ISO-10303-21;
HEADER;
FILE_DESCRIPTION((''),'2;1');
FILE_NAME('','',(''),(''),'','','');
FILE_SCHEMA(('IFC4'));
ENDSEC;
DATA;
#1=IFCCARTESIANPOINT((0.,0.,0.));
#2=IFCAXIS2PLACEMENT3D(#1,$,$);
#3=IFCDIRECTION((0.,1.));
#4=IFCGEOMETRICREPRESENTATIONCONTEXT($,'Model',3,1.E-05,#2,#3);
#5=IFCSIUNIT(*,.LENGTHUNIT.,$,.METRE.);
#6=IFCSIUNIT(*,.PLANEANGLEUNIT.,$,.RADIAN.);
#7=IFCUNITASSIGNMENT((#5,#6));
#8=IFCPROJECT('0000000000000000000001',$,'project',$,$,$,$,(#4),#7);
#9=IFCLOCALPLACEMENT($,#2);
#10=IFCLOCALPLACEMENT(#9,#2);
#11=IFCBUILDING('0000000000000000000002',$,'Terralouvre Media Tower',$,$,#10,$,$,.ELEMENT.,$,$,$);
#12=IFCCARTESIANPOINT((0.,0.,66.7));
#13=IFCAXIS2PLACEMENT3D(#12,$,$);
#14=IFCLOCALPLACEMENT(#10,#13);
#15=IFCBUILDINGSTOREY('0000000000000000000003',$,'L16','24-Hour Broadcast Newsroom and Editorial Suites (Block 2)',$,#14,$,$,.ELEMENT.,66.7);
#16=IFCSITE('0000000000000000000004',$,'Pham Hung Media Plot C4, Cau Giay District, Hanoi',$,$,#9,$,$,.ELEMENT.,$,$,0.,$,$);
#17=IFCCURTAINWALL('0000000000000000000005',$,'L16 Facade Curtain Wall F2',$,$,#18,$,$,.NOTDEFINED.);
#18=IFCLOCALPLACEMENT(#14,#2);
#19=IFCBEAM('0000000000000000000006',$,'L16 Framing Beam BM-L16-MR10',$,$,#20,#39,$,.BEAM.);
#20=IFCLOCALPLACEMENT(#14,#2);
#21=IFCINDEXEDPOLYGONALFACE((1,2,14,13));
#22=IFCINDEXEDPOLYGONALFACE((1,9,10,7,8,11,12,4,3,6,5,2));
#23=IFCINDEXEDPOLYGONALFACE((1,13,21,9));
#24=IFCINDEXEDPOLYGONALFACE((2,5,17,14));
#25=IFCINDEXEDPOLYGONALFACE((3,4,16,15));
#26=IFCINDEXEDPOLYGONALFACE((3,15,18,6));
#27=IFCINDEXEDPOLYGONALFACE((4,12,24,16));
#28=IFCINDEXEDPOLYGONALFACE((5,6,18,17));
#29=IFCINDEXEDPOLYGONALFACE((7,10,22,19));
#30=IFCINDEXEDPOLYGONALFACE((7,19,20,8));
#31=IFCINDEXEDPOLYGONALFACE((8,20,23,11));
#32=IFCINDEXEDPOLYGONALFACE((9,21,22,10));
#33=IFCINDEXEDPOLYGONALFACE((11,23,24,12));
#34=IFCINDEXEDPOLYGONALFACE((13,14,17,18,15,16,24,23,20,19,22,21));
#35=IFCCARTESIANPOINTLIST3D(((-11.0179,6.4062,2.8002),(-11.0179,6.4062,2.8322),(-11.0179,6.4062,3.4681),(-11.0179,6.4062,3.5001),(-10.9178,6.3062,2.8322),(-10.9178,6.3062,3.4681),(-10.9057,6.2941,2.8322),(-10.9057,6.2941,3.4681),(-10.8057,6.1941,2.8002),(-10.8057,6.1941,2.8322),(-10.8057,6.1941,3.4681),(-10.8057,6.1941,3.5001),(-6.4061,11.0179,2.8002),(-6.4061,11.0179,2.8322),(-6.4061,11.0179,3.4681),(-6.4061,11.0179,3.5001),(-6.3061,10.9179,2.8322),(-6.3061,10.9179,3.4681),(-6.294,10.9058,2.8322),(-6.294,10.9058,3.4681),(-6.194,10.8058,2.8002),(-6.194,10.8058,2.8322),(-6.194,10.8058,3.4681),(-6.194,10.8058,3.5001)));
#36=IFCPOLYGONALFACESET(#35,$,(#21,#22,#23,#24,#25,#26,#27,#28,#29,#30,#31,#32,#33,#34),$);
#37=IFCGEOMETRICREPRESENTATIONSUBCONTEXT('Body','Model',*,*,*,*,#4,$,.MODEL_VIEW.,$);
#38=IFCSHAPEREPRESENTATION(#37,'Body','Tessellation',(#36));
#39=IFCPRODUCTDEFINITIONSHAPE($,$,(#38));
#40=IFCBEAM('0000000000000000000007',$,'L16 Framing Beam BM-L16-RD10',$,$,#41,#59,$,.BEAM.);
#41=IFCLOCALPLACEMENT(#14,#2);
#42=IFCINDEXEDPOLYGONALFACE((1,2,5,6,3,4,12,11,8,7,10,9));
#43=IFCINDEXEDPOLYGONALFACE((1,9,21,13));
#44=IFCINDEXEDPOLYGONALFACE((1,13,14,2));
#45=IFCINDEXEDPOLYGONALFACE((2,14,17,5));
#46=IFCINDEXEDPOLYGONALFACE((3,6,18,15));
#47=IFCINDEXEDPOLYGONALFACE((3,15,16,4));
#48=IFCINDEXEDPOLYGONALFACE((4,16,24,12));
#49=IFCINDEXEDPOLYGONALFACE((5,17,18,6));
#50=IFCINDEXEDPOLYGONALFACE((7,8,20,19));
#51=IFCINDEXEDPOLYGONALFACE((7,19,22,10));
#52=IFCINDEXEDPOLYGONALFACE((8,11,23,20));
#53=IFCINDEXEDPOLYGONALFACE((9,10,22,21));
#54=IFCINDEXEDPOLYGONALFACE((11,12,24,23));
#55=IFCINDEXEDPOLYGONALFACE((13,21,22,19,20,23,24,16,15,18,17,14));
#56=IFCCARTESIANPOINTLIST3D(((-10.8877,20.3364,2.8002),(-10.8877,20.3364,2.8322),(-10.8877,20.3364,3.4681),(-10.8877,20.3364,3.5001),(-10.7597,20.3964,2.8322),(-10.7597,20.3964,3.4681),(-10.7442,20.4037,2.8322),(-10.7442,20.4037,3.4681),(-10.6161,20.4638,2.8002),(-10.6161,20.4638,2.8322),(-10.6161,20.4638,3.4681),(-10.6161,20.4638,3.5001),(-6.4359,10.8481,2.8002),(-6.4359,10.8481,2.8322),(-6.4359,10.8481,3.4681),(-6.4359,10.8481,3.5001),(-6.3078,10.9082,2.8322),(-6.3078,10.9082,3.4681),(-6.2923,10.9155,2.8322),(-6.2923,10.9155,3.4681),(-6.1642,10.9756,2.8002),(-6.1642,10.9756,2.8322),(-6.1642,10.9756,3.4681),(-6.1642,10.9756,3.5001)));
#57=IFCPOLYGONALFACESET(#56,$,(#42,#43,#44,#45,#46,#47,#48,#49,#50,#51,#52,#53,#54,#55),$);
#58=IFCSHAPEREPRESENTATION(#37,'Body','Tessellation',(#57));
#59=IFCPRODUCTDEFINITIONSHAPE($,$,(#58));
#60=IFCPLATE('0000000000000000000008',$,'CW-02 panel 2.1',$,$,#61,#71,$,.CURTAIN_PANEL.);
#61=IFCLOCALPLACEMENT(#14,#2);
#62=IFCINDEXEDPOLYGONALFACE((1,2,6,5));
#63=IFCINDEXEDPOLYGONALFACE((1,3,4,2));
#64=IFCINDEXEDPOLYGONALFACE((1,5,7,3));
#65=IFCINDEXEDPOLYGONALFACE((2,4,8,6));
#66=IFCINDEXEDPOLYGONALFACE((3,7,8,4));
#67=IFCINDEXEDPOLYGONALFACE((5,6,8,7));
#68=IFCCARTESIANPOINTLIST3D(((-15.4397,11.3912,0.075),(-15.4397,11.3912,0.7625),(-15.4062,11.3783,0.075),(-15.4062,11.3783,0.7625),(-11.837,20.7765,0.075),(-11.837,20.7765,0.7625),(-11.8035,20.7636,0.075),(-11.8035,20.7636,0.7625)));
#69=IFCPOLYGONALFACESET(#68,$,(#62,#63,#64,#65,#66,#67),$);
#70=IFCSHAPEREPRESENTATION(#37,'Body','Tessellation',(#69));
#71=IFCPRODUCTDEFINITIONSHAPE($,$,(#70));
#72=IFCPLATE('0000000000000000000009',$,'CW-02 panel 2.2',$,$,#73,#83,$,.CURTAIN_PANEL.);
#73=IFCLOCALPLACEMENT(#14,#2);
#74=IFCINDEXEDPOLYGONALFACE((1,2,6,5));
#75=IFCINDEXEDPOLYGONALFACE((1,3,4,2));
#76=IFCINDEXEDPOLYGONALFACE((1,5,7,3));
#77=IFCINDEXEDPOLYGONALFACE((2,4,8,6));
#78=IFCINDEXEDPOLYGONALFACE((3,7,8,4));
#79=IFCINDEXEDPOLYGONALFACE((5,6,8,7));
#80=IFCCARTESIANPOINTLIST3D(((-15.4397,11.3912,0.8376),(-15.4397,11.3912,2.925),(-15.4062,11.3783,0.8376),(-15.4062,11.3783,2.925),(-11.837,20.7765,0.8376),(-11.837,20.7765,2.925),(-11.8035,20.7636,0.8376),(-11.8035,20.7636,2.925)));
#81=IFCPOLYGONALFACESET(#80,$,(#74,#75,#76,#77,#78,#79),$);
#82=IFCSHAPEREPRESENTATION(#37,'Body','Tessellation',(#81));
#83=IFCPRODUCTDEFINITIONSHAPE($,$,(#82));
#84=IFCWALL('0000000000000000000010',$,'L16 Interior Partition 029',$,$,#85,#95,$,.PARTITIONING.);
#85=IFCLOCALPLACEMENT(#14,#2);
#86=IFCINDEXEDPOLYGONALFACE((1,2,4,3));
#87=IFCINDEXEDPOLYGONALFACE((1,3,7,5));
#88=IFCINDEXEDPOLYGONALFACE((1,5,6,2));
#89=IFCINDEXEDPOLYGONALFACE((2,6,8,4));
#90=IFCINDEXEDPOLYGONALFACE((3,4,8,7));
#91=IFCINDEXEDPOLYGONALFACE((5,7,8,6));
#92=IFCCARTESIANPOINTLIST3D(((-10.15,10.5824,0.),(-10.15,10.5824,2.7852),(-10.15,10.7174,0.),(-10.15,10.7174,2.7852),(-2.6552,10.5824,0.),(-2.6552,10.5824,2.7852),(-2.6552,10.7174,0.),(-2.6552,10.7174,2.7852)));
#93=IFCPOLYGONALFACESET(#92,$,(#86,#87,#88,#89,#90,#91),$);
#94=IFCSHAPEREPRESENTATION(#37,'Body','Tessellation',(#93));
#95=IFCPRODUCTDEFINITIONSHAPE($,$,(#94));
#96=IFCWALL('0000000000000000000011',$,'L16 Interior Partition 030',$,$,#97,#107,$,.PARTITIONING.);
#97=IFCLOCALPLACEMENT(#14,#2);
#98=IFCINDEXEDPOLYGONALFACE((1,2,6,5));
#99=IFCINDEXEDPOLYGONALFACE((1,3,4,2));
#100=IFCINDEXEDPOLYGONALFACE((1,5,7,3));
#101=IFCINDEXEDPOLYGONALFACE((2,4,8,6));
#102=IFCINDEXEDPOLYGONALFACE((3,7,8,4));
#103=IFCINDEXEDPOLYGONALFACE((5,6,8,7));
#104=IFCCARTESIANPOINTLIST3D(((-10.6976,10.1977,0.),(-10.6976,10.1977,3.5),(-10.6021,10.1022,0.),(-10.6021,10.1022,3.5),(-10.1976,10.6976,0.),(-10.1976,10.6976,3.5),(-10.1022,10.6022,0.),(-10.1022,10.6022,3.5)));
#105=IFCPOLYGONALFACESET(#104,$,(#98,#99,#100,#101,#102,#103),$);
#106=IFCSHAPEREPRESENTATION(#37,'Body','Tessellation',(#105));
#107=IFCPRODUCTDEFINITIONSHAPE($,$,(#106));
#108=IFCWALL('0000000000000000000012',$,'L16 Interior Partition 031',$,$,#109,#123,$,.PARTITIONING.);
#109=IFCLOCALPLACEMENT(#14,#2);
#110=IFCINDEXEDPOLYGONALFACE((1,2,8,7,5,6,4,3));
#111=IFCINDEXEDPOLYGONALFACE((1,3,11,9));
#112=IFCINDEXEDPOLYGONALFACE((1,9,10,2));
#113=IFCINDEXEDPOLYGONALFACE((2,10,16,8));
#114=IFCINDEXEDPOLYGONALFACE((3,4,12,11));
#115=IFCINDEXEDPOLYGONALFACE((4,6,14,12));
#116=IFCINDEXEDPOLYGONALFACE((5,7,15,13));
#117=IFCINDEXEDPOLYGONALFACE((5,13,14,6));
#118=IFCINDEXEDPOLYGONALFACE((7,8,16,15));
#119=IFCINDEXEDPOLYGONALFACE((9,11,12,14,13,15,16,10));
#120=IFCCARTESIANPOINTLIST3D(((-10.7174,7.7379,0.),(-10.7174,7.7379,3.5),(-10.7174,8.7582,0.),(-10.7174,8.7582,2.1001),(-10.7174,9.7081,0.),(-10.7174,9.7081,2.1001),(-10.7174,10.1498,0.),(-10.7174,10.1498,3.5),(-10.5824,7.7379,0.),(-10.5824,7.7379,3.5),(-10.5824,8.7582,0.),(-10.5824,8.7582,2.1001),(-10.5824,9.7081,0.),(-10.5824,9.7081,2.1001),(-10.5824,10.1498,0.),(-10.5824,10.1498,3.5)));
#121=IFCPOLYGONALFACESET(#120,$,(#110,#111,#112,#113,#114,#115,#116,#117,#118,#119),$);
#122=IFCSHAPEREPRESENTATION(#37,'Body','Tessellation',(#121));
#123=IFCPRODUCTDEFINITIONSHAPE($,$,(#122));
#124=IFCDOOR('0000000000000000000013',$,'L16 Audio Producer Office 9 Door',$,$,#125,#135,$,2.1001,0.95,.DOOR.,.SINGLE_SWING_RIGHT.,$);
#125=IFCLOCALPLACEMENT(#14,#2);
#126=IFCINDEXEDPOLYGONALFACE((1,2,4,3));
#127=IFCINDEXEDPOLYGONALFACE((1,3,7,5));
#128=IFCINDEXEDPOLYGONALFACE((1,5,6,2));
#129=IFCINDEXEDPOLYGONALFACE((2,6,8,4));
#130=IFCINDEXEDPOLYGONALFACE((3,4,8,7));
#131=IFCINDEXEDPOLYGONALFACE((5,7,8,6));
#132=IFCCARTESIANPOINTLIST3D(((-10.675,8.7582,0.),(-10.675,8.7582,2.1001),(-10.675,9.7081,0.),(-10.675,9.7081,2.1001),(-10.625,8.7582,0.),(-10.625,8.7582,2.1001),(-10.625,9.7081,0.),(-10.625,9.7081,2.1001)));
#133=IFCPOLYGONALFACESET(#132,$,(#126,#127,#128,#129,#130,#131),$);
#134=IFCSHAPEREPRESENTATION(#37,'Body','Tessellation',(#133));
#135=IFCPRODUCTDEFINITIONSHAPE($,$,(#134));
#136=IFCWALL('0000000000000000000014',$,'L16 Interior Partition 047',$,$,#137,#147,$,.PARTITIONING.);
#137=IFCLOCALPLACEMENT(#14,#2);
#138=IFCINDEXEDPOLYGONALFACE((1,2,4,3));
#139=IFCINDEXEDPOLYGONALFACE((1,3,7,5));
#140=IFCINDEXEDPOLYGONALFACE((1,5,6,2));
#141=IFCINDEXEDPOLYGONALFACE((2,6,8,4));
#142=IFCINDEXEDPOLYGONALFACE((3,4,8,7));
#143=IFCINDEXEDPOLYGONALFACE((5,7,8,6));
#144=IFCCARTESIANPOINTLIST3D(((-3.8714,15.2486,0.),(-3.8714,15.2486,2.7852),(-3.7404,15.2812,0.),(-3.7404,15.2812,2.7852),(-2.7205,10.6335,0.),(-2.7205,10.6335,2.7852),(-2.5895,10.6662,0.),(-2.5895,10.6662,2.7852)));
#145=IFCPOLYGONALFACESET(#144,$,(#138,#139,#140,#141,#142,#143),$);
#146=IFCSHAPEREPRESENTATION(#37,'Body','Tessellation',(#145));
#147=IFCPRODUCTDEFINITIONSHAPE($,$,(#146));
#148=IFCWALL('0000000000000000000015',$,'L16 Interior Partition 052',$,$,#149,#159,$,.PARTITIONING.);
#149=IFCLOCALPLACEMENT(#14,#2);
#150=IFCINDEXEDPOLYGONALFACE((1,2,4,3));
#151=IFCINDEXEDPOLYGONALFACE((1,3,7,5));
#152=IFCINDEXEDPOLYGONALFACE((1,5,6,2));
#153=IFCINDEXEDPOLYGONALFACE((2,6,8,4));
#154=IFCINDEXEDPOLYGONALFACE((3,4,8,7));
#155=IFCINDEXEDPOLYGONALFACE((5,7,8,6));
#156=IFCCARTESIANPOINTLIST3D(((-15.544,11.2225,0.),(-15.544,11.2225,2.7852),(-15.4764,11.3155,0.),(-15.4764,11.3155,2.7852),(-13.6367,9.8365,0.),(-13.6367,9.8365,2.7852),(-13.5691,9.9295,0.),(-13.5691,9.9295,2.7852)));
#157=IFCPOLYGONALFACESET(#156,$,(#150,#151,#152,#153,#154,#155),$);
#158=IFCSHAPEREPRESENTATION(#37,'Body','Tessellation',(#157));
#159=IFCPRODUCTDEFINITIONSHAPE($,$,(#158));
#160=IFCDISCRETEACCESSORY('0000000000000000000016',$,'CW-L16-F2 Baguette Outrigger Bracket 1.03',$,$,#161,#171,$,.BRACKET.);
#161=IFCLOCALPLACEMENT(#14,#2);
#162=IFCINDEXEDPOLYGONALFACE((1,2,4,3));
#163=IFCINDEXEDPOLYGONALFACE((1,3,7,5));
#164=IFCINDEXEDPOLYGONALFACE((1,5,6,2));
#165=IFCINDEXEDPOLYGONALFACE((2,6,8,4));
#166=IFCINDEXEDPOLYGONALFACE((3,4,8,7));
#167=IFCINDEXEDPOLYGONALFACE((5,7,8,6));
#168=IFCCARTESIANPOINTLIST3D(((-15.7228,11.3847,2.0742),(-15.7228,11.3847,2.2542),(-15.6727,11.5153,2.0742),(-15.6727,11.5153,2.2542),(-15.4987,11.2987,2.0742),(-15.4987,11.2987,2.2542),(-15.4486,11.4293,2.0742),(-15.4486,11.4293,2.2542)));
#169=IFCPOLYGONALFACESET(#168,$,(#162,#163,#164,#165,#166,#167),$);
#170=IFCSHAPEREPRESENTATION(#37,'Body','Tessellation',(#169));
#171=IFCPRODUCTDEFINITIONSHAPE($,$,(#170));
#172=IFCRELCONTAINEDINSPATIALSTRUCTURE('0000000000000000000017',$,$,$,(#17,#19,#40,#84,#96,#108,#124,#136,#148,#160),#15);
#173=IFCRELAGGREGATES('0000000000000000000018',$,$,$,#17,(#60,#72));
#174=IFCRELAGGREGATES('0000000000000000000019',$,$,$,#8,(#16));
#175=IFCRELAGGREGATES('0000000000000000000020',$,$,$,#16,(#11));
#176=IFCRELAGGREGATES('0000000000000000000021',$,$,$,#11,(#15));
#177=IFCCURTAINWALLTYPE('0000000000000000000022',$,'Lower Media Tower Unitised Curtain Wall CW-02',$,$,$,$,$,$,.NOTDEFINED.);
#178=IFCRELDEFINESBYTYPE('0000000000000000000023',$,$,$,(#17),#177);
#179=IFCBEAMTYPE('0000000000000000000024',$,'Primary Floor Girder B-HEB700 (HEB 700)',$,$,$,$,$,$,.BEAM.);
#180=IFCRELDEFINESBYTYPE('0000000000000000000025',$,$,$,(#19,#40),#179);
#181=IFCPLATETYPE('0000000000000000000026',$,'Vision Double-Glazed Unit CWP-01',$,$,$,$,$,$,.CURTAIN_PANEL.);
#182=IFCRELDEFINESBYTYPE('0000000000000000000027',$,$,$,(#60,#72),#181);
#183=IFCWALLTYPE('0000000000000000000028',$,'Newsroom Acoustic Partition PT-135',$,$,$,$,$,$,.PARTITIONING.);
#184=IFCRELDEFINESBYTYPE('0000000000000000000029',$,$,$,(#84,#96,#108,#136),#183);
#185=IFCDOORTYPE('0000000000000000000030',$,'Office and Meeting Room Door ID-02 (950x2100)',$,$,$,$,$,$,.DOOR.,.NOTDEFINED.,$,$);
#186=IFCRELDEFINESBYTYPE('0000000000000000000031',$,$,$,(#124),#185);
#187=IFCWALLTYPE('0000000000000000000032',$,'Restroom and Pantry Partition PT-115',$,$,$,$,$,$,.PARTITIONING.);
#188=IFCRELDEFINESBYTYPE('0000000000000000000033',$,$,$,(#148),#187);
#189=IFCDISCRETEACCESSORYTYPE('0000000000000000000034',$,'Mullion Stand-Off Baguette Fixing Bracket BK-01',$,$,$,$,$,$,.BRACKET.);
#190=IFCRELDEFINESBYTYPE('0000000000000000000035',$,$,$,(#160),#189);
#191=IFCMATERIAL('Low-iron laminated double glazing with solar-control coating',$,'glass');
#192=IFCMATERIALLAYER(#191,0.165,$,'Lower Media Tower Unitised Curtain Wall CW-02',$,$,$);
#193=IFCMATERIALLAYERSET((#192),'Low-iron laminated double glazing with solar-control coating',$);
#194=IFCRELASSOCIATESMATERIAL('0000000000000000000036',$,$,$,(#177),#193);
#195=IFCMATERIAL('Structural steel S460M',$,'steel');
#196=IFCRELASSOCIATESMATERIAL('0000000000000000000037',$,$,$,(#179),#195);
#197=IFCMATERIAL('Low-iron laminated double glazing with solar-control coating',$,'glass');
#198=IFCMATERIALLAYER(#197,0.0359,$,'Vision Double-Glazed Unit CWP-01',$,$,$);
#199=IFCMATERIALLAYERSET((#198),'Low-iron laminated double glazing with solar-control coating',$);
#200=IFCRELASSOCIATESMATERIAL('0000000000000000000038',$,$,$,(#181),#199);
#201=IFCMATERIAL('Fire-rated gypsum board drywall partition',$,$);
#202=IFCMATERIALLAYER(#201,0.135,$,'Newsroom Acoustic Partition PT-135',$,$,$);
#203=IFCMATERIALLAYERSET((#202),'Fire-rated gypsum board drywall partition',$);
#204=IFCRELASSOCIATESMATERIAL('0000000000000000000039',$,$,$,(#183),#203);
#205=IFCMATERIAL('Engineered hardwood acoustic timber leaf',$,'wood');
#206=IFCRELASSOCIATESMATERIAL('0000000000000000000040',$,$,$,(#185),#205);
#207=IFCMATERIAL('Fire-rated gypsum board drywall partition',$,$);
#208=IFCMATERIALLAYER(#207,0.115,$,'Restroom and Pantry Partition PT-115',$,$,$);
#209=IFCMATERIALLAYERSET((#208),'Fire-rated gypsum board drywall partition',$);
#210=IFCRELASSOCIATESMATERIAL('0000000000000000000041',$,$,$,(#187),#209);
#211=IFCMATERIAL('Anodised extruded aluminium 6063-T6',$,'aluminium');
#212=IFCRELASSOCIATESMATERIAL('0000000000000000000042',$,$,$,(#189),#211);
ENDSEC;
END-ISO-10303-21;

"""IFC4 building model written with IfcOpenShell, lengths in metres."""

from ifc_helpers import new_model, si_unit, direction, frame, frame_2d, origin, origin_2d, place, context, subcontext, project, spatial, rectangle, i_section, extrude, material, layer, layer_set, material_profile, profile_set, type_object, element, fill, aggregate, save


model = new_model("IFC4")

# Units and contexts
model_context = context("Model", 3, precision=1e-05, world=origin(), true_north=direction((0.0, 1.0)))
body_context = subcontext(model_context, "Body", "Model", "MODEL_VIEW")
ifc_project = project(units=[si_unit("LENGTHUNIT", "METRE"), si_unit("PLANEANGLEUNIT", "RADIAN")], contexts=[model_context])

# Site, building, storey
site_placement = place(None, origin())
site = spatial("IfcSite", under=ifc_project, at=site_placement, Name="Pham Hung Media Plot C4, Cau Giay District, Hanoi", CompositionType="ELEMENT", RefElevation=0.0)
building_placement = place(site_placement, origin())
building = spatial("IfcBuilding", under=site, at=building_placement, Name="Terralouvre Media Tower", CompositionType="ELEMENT")
storey_placement = place(building_placement, frame((0.0, 0.0, 66.7)))
storey = spatial("IfcBuildingStorey", under=building, at=storey_placement, Name="L16", Description="24-Hour Broadcast Newsroom and Editorial Suites (Block 2)", CompositionType="ELEMENT", Elevation=66.7)

# Curtain wall
ifc_material_1 = material(Name="Low-iron laminated double glazing with solar-control coating", Category="glass")
ifc_layer_1 = layer(ifc_material_1, 0.165, Name="Lower Media Tower Unitised Curtain Wall CW-02")
ifc_layer_set_1 = layer_set([ifc_layer_1], Name="Low-iron laminated double glazing with solar-control coating")
curtain_wall_type = type_object("IfcCurtainWallType", Name="Lower Media Tower Unitised Curtain Wall CW-02", PredefinedType="NOTDEFINED", material=ifc_layer_set_1)
curtain_wall_placement = place(storey_placement, origin())
curtain_wall = element("IfcCurtainWall", 1, at=curtain_wall_placement, inside=storey, type_object=curtain_wall_type, Name="L16 Facade Curtain Wall F2", PredefinedType="NOTDEFINED")

# Beams
ifc_material_2 = material(Name="Structural steel S460M", Category="steel")
ifc_material_profile_1 = material_profile(ifc_material_2, i_section(OverallWidth=0.3, OverallDepth=0.7, WebThickness=0.0171, FlangeThickness=0.032, at=origin_2d()), Name="HEB 700")
ifc_profile_set_1 = profile_set([ifc_material_profile_1], Name="Structural steel S460M")
beam_type_1 = type_object("IfcBeamType", Name="Primary Floor Girder B-HEB700 (HEB 700)", PredefinedType="BEAM", material=ifc_profile_set_1)
beam_1_placement = place(storey_placement, frame((-6.3, 10.9119, 3.1501), z_axis=(-0.707107, -0.707107, 0.0), x_axis=(0.707107, -0.707107, 0.0)))
element("IfcBeam", 2, at=beam_1_placement, inside=storey, type_object=beam_type_1, Name="L16 Framing Beam BM-L16-MR10", PredefinedType="BEAM", context=body_context, shape_type="SweptSolid", body=[
    extrude(i_section(OverallWidth=0.3, OverallDepth=0.7, WebThickness=0.0171, FlangeThickness=0.032, at=origin_2d()), origin(), (0.0, 0.0, 1.0), 6.522),
])
beam_2_placement = place(storey_placement, frame((-6.3, 10.9119, 3.1501), z_axis=(-0.424768, 0.905302, 0.0), x_axis=(-0.905302, -0.424768, 0.0)))
element("IfcBeam", 3, at=beam_2_placement, inside=storey, type_object=beam_type_1, Name="L16 Framing Beam BM-L16-RD10", PredefinedType="BEAM", context=body_context, shape_type="SweptSolid", body=[
    extrude(i_section(OverallWidth=0.3, OverallDepth=0.7, WebThickness=0.0171, FlangeThickness=0.032, at=origin_2d()), origin(), (0.0, 0.0, 1.0), 10.4807),
])

# Plates
ifc_material_3 = material(Name="Low-iron laminated double glazing with solar-control coating", Category="glass")
ifc_layer_2 = layer(ifc_material_3, 0.0359, Name="Vision Double-Glazed Unit CWP-01")
ifc_layer_set_2 = layer_set([ifc_layer_2], Name="Low-iron laminated double glazing with solar-control coating")
plate_type = type_object("IfcPlateType", Name="Vision Double-Glazed Unit CWP-01", PredefinedType="CURTAIN_PANEL", material=ifc_layer_set_2)
plate_1_placement = place(storey_placement, frame((-13.6216, 16.0774, 0.075), z_axis=(0.0, 0.0, 1.0), x_axis=(-0.358368, -0.93358, 0.0)))
plate_1 = element("IfcPlate", 4, at=plate_1_placement, type_object=plate_type, Name="CW-02 panel 2.1", PredefinedType="CURTAIN_PANEL", context=body_context, shape_type="SweptSolid", body=[
    extrude(rectangle(XDim=10.053, YDim=0.0359, at=origin_2d()), origin(), (0.0, 0.0, 1.0), 0.6875),
])
plate_2_placement = place(storey_placement, frame((-13.6216, 16.0774, 0.8376), z_axis=(0.0, 0.0, 1.0), x_axis=(-0.358368, -0.93358, 0.0)))
plate_2 = element("IfcPlate", 5, at=plate_2_placement, type_object=plate_type, Name="CW-02 panel 2.2", PredefinedType="CURTAIN_PANEL", context=body_context, shape_type="SweptSolid", body=[
    extrude(rectangle(XDim=10.053, YDim=0.0359, at=origin_2d()), origin(), (0.0, 0.0, 1.0), 2.0874),
])
aggregate(curtain_wall, [plate_1, plate_2])

# Walls
ifc_material_4 = material(Name="Fire-rated gypsum board drywall partition")
ifc_layer_3 = layer(ifc_material_4, 0.135, Name="Newsroom Acoustic Partition PT-135")
ifc_layer_set_3 = layer_set([ifc_layer_3], Name="Fire-rated gypsum board drywall partition")
wall_type_1 = type_object("IfcWallType", Name="Newsroom Acoustic Partition PT-135", PredefinedType="PARTITIONING", material=ifc_layer_set_3)
wall_1_placement = place(storey_placement, frame((-2.655, 10.6499, 0.0), z_axis=(0.0, 0.0, 1.0), x_axis=(-1.0, 0.0, 0.0)))
element("IfcWall", 6, at=wall_1_placement, inside=storey, type_object=wall_type_1, Name="L16 Interior Partition 029", PredefinedType="PARTITIONING", context=body_context, shape_type="SweptSolid", body=[
    extrude(rectangle(XDim=7.4949, YDim=0.135, at=frame_2d((3.7476, 0.0))), origin(), (0.0, 0.0, 1.0), 2.7852),
])
wall_2_placement = place(storey_placement, frame((-10.1499, 10.6499, 0.0), z_axis=(0.0, 0.0, 1.0), x_axis=(-0.707107, -0.707107, 0.0)))
element("IfcWall", 7, at=wall_2_placement, inside=storey, type_object=wall_type_1, Name="L16 Interior Partition 030", PredefinedType="PARTITIONING", context=body_context, shape_type="SweptSolid", body=[
    extrude(rectangle(XDim=0.707, YDim=0.135, at=frame_2d((0.3535, 0.0))), origin(), (0.0, 0.0, 1.0), 3.5),
])

# Wall, opening, door
wall_3_placement = place(storey_placement, frame((-10.6499, 10.1499, 0.0), z_axis=(0.0, 0.0, 1.0), x_axis=(0.0, -1.0, 0.0)))
wall_3 = element("IfcWall", 8, at=wall_3_placement, inside=storey, type_object=wall_type_1, Name="L16 Interior Partition 031", PredefinedType="PARTITIONING", context=body_context, shape_type="SweptSolid", body=[
    extrude(rectangle(XDim=2.4119, YDim=0.135, at=frame_2d((1.2061, 0.0))), origin(), (0.0, 0.0, 1.0), 3.5),
])
opening_placement = place(wall_3_placement, frame((0.4417, 0.0, 0.0)))
opening = element("IfcOpeningElement", 9, at=opening_placement, cuts=wall_3, PredefinedType="OPENING", context=body_context, shape_type="SweptSolid", body=[
    extrude(rectangle(XDim=0.95, YDim=2.1001, at=frame_2d((0.4751, 1.05))), frame((0.0, 0.0774, 0.0), z_axis=(0.0, -1.0, 0.0), x_axis=(1.0, 0.0, 0.0)), (0.0, 0.0, 1.0), 0.155),
])
ifc_material_5 = material(Name="Engineered hardwood acoustic timber leaf", Category="wood")
door_type = type_object("IfcDoorType", Name="Office and Meeting Room Door ID-02 (950x2100)", OperationType="NOTDEFINED", PredefinedType="DOOR", material=ifc_material_5)
door_placement = place(opening_placement, origin())
door = element("IfcDoor", 10, at=door_placement, inside=storey, type_object=door_type, Name="L16 Audio Producer Office 9 Door", OperationType="SINGLE_SWING_RIGHT", OverallHeight=2.1001, OverallWidth=0.95, PredefinedType="DOOR", context=body_context, shape_type="SweptSolid", body=[
    extrude(rectangle(XDim=0.95, YDim=2.1001, at=frame_2d((0.4751, 1.05))), frame((0.0, 0.0249, 0.0), z_axis=(0.0, -1.0, 0.0), x_axis=(1.0, 0.0, 0.0)), (0.0, 0.0, 1.0), 0.05),
])
fill(opening, door)

# Walls
wall_4_placement = place(storey_placement, frame((-3.8059, 15.2649, 0.0), z_axis=(0.0, 0.0, 1.0), x_axis=(0.241968, -0.970284, 0.0)))
element("IfcWall", 11, at=wall_4_placement, inside=storey, type_object=wall_type_1, Name="L16 Interior Partition 047", PredefinedType="PARTITIONING", context=body_context, shape_type="SweptSolid", body=[
    extrude(rectangle(XDim=4.7563, YDim=0.135, at=frame_2d((2.3782, 0.0))), origin(), (0.0, 0.0, 1.0), 2.7852),
])
ifc_material_6 = material(Name="Fire-rated gypsum board drywall partition")
ifc_layer_4 = layer(ifc_material_6, 0.115, Name="Restroom and Pantry Partition PT-115")
ifc_layer_set_4 = layer_set([ifc_layer_4], Name="Fire-rated gypsum board drywall partition")
wall_type_2 = type_object("IfcWallType", Name="Restroom and Pantry Partition PT-115", PredefinedType="PARTITIONING", material=ifc_layer_set_4)
wall_5_placement = place(storey_placement, frame((-13.603, 9.8831, 0.0), z_axis=(0.0, 0.0, 1.0), x_axis=(-0.808955, 0.58787, 0.0)))
element("IfcWall", 12, at=wall_5_placement, inside=storey, type_object=wall_type_2, Name="L16 Interior Partition 052", PredefinedType="PARTITIONING", context=body_context, shape_type="SweptSolid", body=[
    extrude(rectangle(XDim=2.3577, YDim=0.115, at=frame_2d((1.1787, 0.0))), origin(), (0.0, 0.0, 1.0), 2.7852),
])

# Discrete accessory
ifc_material_7 = material(Name="Anodised extruded aluminium 6063-T6", Category="aluminium")
discrete_accessory_type = type_object("IfcDiscreteAccessoryType", Name="Mullion Stand-Off Baguette Fixing Bracket BK-01", PredefinedType="BRACKET", material=ifc_material_7)
discrete_accessory_placement = place(storey_placement, frame((-15.5857, 11.407, 2.0742), z_axis=(0.0, 0.0, 1.0), x_axis=(-0.358368, -0.93358, 0.0)))
element("IfcDiscreteAccessory", 13, at=discrete_accessory_placement, inside=storey, type_object=discrete_accessory_type, Name="CW-L16-F2 Baguette Outrigger Bracket 1.03", PredefinedType="BRACKET", context=body_context, shape_type="SweptSolid", body=[
    extrude(rectangle(XDim=0.1399, YDim=0.24, at=origin_2d()), origin(), (0.0, 0.0, 1.0), 0.1799),
])

save(model, "model.ifc")
